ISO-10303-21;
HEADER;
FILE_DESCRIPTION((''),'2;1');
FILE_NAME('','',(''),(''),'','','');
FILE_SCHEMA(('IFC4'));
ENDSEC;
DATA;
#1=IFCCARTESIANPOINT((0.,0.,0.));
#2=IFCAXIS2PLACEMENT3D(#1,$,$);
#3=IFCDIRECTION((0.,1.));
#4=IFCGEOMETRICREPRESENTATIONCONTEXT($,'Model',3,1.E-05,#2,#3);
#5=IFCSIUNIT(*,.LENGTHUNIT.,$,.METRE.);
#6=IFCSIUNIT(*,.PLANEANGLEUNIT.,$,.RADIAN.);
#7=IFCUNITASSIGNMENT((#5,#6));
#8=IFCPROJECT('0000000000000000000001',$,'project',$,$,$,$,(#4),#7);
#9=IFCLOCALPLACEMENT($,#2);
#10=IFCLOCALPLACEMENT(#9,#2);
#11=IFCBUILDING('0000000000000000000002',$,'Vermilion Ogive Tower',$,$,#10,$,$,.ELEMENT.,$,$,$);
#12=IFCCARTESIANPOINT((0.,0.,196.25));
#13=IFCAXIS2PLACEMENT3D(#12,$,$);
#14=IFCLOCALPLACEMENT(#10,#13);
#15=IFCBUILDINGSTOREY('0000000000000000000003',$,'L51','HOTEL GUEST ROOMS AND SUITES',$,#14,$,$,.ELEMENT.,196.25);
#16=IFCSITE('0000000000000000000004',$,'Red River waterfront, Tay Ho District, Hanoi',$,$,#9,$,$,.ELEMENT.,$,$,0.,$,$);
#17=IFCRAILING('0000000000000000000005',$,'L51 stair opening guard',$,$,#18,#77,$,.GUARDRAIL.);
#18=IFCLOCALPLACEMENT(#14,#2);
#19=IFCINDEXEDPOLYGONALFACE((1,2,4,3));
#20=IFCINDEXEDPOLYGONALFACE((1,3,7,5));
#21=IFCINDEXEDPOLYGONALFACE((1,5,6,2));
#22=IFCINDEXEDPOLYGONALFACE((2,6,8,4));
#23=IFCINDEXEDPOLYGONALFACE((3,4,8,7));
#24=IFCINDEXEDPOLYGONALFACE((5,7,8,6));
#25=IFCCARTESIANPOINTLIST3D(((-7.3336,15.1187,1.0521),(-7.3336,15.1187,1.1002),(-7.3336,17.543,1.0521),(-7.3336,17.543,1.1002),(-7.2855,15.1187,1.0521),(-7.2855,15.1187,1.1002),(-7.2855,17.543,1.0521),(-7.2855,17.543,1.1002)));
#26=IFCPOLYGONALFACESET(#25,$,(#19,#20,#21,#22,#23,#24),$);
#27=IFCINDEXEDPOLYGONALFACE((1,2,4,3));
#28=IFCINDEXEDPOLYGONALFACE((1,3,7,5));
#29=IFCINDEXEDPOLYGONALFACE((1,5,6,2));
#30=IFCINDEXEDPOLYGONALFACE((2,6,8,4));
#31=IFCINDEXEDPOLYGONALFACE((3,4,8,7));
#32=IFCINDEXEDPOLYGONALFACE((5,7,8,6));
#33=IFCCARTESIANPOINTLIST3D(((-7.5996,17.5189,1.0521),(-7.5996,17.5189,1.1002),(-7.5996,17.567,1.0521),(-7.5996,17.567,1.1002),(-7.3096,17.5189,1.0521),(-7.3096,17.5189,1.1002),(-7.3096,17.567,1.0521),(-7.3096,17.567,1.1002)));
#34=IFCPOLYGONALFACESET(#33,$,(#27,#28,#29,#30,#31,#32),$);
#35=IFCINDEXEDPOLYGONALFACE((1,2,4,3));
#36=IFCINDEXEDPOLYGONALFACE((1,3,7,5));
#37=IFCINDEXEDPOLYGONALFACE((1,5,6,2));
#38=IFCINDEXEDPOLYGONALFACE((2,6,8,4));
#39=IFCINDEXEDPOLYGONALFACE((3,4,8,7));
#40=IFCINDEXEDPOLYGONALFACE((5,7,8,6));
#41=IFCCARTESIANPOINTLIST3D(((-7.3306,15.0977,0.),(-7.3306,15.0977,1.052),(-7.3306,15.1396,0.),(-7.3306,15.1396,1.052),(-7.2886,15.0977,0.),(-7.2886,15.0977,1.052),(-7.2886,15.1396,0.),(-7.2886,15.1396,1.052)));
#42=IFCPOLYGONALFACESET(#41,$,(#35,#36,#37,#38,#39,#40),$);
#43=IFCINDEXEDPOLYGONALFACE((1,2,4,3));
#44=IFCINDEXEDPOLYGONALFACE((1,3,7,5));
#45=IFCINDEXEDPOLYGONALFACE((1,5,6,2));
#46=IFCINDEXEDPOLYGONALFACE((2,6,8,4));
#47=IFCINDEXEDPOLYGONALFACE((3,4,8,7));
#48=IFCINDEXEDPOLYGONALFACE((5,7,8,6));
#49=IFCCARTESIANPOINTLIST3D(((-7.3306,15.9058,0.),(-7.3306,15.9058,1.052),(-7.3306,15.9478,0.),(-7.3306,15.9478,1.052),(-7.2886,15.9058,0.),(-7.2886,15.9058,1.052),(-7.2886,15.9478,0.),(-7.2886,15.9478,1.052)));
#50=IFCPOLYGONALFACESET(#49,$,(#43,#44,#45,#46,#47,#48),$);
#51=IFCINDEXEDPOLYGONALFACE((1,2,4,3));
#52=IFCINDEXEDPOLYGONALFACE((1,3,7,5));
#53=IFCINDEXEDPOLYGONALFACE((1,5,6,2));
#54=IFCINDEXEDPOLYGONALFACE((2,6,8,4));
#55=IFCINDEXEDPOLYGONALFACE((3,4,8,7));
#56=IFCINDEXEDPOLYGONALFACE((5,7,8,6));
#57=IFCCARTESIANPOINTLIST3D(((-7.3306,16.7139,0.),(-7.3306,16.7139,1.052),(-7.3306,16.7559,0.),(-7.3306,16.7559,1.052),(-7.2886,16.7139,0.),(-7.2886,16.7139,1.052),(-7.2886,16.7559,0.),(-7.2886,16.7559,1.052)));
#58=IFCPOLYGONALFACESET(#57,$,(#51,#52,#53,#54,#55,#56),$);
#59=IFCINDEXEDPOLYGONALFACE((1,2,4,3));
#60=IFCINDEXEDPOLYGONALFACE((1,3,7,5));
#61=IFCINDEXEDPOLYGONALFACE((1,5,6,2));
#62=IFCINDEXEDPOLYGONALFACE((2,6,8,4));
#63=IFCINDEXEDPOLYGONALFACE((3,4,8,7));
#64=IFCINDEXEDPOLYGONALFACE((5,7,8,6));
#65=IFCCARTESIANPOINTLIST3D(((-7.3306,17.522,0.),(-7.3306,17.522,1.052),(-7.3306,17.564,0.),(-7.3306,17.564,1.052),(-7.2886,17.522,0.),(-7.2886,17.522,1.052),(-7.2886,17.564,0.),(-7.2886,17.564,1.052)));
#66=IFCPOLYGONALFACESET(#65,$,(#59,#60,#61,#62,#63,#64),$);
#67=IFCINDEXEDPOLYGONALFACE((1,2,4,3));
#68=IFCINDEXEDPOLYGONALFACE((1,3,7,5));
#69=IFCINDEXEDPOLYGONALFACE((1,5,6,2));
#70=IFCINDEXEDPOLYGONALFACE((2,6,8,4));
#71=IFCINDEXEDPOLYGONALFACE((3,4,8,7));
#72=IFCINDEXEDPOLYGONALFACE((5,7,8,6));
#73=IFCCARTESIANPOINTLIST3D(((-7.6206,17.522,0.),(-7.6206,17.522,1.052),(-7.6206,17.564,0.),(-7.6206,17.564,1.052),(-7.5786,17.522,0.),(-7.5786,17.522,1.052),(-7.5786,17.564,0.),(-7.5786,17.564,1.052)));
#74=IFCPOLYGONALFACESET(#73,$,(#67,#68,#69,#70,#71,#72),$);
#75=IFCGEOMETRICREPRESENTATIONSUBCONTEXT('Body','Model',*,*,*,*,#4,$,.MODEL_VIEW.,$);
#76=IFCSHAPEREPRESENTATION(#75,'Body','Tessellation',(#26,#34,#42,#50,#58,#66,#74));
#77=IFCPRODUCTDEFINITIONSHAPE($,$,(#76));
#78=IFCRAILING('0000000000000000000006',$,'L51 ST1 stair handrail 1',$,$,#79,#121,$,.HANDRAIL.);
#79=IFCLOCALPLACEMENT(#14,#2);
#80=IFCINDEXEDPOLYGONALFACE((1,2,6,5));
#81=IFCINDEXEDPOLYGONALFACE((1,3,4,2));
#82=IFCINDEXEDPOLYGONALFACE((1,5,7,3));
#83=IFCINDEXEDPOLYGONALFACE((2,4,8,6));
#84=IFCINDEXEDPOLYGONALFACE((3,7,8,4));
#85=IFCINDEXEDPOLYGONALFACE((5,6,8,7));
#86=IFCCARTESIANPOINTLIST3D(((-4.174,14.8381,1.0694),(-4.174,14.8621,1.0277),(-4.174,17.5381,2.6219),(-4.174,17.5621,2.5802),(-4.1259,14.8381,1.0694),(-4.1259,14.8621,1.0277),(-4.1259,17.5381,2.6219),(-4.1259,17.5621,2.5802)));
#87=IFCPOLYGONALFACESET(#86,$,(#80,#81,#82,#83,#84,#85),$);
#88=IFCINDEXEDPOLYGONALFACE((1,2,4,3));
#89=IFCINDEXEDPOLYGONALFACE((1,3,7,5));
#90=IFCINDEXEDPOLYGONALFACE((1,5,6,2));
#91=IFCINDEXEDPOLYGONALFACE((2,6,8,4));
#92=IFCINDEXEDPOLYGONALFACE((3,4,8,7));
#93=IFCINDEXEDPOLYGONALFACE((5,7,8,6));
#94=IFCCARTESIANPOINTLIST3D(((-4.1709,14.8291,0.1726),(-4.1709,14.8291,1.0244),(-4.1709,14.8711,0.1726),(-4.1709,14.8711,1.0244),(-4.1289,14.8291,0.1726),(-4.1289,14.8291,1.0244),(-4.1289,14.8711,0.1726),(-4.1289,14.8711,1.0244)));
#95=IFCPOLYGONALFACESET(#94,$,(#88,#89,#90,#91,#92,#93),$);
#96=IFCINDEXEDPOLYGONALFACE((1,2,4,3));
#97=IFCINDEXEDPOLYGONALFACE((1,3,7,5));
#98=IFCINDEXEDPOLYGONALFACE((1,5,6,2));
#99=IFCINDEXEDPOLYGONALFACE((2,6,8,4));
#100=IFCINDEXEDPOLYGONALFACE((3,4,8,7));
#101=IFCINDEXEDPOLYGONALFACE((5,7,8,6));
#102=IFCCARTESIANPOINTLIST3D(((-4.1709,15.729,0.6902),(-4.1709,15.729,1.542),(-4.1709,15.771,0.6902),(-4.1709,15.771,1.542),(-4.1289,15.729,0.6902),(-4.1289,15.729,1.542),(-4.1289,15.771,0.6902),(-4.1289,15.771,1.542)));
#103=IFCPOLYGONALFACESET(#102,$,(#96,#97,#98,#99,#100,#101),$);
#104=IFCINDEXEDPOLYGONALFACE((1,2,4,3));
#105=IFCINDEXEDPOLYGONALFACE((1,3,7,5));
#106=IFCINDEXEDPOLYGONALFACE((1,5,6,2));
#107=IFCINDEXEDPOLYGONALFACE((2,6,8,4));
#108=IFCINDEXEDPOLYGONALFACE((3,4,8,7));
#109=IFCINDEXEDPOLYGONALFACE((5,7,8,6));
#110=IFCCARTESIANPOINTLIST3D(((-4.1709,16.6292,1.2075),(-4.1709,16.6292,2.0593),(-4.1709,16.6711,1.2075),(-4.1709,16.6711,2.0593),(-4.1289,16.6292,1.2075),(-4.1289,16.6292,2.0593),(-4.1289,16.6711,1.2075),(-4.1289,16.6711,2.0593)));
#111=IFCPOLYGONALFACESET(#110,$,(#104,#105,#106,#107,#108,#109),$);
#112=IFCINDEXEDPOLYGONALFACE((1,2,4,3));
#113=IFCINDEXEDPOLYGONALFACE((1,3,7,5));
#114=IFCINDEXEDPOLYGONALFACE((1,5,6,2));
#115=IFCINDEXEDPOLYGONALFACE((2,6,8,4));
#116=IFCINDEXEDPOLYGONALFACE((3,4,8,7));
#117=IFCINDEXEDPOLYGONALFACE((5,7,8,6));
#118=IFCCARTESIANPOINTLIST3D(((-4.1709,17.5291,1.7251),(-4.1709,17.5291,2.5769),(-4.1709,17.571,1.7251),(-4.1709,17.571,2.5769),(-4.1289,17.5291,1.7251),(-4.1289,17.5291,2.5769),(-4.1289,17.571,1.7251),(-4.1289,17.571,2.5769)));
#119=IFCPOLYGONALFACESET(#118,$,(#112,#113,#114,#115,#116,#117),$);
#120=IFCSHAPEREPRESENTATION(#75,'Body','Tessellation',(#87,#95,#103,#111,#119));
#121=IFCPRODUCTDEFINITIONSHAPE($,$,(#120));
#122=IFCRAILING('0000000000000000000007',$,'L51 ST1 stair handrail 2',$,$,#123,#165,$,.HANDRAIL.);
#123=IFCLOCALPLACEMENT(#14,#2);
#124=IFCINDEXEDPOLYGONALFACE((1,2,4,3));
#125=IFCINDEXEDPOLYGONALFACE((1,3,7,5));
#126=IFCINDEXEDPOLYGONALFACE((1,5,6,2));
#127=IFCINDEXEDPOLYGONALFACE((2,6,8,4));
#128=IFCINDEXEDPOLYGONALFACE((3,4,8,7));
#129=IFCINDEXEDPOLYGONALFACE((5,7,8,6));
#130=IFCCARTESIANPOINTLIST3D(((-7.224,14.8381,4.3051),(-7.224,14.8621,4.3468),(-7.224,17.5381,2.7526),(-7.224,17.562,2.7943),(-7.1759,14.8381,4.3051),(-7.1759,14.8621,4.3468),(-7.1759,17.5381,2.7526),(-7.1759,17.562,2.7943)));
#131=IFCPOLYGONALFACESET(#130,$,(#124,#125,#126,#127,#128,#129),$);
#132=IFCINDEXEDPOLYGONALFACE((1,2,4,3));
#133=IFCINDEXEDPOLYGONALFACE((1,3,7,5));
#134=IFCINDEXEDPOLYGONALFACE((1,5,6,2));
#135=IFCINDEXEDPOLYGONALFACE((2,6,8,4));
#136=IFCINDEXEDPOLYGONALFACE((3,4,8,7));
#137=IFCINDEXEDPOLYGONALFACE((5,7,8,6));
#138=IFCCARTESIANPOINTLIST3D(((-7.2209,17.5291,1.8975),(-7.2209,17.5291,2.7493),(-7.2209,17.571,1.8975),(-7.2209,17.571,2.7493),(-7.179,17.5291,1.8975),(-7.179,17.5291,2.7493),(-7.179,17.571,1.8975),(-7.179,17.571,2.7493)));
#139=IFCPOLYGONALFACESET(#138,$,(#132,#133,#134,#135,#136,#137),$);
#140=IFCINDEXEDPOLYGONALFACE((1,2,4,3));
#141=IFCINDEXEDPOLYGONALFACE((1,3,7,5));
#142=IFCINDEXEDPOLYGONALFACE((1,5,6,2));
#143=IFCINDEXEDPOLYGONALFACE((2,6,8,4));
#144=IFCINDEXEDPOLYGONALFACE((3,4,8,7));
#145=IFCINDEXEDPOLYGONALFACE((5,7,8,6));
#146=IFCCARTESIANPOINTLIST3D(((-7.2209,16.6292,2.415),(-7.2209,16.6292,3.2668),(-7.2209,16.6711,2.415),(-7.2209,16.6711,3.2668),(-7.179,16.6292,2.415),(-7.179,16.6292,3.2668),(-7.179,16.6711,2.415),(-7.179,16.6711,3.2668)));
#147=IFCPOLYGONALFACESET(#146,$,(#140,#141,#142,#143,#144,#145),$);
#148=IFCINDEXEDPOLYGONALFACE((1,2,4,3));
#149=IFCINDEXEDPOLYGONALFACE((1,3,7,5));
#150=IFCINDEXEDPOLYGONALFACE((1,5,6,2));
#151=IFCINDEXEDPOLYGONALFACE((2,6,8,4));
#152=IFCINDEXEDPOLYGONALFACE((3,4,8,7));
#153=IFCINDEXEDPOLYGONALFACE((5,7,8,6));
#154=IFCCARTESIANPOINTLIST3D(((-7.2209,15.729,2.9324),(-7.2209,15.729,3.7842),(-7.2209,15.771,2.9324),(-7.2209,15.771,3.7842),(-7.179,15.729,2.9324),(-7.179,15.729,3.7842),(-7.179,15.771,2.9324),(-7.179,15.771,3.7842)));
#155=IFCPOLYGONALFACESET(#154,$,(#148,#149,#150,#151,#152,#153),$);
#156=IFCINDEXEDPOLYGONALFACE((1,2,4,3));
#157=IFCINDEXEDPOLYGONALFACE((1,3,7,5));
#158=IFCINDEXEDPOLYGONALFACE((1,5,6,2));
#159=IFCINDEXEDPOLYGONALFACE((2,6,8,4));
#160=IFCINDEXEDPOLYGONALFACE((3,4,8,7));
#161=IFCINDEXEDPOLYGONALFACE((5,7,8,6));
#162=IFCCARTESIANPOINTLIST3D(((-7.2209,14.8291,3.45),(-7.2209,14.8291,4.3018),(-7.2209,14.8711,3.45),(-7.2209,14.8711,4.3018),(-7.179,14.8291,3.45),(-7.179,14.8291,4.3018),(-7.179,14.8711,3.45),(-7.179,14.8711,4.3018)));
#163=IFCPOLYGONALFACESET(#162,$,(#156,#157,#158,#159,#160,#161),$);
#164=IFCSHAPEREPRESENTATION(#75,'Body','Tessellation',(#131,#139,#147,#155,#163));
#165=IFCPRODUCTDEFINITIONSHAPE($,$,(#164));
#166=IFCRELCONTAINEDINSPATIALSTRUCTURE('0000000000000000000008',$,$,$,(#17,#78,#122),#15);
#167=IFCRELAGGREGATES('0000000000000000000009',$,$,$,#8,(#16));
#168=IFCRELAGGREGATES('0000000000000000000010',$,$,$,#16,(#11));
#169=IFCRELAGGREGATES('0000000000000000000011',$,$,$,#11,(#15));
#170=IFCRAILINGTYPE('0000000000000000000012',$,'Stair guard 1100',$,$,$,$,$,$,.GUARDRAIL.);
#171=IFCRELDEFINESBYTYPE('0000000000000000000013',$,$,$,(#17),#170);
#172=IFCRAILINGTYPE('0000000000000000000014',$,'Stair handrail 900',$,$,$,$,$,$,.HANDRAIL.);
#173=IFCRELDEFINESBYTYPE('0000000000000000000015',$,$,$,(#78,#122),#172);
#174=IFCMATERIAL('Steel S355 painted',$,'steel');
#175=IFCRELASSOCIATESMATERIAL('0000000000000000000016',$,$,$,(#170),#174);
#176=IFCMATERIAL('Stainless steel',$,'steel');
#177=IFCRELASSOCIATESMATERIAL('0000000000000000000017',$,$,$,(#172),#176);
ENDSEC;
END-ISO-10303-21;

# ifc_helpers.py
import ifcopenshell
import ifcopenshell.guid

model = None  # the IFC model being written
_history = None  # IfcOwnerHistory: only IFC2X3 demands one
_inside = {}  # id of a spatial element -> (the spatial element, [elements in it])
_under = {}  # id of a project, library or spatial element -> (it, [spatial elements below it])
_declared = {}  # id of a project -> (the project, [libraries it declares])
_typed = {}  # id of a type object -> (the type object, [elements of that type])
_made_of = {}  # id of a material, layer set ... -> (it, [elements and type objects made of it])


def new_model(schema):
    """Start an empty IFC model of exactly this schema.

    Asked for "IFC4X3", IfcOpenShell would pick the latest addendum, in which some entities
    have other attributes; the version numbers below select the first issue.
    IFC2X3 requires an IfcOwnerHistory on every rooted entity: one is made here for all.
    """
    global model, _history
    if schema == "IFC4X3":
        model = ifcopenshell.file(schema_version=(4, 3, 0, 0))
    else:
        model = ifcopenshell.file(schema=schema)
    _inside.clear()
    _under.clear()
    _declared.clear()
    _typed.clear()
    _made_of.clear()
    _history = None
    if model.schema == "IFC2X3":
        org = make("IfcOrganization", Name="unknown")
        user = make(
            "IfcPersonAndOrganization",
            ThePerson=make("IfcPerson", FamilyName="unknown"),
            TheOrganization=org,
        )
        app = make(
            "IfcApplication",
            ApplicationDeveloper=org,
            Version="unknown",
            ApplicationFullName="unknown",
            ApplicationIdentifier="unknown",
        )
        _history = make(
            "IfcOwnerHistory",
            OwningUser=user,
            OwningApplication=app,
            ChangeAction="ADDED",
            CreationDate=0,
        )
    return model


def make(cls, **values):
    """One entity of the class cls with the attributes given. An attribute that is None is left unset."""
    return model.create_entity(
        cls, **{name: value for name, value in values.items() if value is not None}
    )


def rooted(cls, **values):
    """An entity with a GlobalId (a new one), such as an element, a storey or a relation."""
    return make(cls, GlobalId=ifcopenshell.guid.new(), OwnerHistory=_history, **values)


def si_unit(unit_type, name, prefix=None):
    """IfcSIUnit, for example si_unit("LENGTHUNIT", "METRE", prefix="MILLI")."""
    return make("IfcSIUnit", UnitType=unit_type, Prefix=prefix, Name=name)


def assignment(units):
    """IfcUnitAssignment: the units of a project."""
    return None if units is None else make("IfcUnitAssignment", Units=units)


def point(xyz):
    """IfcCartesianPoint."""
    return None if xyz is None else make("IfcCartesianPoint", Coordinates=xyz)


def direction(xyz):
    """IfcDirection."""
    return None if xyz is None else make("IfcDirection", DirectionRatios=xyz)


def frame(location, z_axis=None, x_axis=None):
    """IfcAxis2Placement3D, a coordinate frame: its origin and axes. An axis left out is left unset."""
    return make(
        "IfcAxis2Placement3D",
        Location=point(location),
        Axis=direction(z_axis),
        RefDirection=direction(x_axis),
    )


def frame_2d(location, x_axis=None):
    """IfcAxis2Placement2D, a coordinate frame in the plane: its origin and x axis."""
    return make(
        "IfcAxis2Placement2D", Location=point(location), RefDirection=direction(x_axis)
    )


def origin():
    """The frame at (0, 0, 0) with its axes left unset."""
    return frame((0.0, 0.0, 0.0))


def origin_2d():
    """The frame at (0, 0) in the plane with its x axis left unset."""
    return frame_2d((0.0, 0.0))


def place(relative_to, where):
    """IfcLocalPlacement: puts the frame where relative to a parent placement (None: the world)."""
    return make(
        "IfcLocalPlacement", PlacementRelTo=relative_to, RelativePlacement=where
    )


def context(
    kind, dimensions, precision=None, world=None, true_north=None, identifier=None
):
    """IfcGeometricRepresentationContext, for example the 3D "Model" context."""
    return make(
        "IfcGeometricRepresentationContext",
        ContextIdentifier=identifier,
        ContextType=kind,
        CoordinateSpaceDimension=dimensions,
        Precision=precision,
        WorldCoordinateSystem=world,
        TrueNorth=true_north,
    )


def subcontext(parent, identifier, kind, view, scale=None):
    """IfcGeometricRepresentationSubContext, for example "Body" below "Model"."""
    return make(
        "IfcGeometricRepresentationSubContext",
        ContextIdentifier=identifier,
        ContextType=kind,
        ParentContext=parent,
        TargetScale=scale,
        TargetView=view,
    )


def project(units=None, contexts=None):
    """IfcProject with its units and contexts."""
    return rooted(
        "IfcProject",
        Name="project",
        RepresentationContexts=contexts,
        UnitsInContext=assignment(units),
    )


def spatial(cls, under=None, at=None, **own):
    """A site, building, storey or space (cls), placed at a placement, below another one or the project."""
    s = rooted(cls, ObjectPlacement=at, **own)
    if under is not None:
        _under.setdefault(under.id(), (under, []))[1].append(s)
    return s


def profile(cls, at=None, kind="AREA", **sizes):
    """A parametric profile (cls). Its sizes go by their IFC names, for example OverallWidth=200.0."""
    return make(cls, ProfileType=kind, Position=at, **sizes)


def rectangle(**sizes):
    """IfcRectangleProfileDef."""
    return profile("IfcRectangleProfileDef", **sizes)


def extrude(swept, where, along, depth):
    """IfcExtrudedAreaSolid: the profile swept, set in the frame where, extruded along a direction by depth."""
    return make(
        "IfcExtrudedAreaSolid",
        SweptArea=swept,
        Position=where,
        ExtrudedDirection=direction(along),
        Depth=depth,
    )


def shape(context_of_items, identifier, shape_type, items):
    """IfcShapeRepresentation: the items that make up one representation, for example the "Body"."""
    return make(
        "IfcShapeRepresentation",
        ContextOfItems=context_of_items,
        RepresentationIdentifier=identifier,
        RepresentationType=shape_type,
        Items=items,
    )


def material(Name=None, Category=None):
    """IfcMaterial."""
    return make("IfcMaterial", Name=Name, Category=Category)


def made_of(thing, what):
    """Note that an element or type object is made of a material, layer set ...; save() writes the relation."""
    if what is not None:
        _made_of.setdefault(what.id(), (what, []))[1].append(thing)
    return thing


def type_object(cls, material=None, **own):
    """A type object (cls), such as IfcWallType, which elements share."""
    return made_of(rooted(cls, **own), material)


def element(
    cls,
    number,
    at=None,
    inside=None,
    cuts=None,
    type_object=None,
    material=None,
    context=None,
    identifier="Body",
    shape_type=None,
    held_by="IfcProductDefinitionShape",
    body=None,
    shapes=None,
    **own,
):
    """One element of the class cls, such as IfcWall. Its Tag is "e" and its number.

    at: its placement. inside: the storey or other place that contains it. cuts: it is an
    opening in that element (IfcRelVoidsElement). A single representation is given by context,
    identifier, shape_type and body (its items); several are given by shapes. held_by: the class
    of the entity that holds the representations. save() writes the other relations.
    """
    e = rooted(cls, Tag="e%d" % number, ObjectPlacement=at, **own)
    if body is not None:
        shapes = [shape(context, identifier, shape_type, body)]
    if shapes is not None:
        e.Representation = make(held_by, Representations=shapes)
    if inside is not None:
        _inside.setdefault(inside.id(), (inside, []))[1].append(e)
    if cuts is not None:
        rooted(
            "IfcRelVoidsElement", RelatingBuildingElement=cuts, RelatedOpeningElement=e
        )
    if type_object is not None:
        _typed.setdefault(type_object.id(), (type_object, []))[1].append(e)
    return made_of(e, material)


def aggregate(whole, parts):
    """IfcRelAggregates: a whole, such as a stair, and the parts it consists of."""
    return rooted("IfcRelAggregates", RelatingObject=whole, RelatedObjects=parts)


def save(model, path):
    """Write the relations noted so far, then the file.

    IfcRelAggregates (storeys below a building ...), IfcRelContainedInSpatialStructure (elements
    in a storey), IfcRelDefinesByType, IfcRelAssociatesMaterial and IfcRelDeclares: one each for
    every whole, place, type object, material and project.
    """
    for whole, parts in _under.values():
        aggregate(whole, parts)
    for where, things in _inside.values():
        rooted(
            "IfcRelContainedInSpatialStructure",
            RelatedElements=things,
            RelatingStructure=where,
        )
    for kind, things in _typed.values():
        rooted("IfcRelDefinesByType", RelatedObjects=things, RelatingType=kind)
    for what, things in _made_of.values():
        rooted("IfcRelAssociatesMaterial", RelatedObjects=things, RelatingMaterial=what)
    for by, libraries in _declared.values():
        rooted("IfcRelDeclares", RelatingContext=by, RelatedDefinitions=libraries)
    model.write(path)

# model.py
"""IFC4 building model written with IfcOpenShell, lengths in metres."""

from ifc_helpers import new_model, si_unit, direction, frame, origin, origin_2d, place, context, subcontext, project, spatial, rectangle, extrude, material, type_object, element, save


model = new_model("IFC4")

# Units and contexts
model_context = context("Model", 3, precision=1e-05, world=origin(), true_north=direction((0.0, 1.0)))
body_context = subcontext(model_context, "Body", "Model", "MODEL_VIEW")
ifc_project = project(units=[si_unit("LENGTHUNIT", "METRE"), si_unit("PLANEANGLEUNIT", "RADIAN")], contexts=[model_context])

# Site, building, storey
site_placement = place(None, origin())
site = spatial("IfcSite", under=ifc_project, at=site_placement, Name="Red River waterfront, Tay Ho District, Hanoi", CompositionType="ELEMENT", RefElevation=0.0)
building_placement = place(site_placement, origin())
building = spatial("IfcBuilding", under=site, at=building_placement, Name="Vermilion Ogive Tower", CompositionType="ELEMENT")
storey_placement = place(building_placement, frame((0.0, 0.0, 196.25)))
storey = spatial("IfcBuildingStorey", under=building, at=storey_placement, Name="L51", Description="HOTEL GUEST ROOMS AND SUITES", CompositionType="ELEMENT", Elevation=196.25)

# Railings
ifc_material_1 = material(Name="Steel S355 painted", Category="steel")
railing_type_1 = type_object("IfcRailingType", Name="Stair guard 1100", PredefinedType="GUARDRAIL", material=ifc_material_1)
railing_1_placement = place(storey_placement, frame((-7.3096, 15.1187, 0.0)))
element("IfcRailing", 1, at=railing_1_placement, inside=storey, type_object=railing_type_1, Name="L51 stair opening guard", PredefinedType="GUARDRAIL", context=body_context, shape_type="SweptSolid", body=[
    extrude(rectangle(XDim=0.0481, YDim=0.0481, at=origin_2d()), frame((0.0, 0.0, 1.0762), z_axis=(0.0, 1.0, 0.0), x_axis=(-1.0, 0.0, 0.0)), (0.0, 0.0, 1.0), 2.4243),
    extrude(rectangle(XDim=0.0481, YDim=0.0481, at=origin_2d()), frame((0.0, 2.4243, 1.0762), z_axis=(-1.0, 0.0, 0.0), x_axis=(0.0, -1.0, 0.0)), (0.0, 0.0, 1.0), 0.29),
    extrude(rectangle(XDim=0.042, YDim=0.042, at=origin_2d()), origin(), (0.0, 0.0, 1.0), 1.052),
    extrude(rectangle(XDim=0.042, YDim=0.042, at=origin_2d()), frame((0.0, 0.8081, 0.0)), (0.0, 0.0, 1.0), 1.052),
    extrude(rectangle(XDim=0.042, YDim=0.042, at=origin_2d()), frame((0.0, 1.6162, 0.0)), (0.0, 0.0, 1.0), 1.052),
    extrude(rectangle(XDim=0.042, YDim=0.042, at=origin_2d()), frame((0.0, 2.4243, 0.0)), (0.0, 0.0, 1.0), 1.052),
    extrude(rectangle(XDim=0.042, YDim=0.042, at=origin_2d()), frame((-0.29, 2.4243, 0.0)), (0.0, 0.0, 1.0), 1.052),
])
ifc_material_2 = material(Name="Stainless steel", Category="steel")
railing_type_2 = type_object("IfcRailingType", Name="Stair handrail 900", PredefinedType="HANDRAIL", material=ifc_material_2)
railing_2_placement = place(storey_placement, frame((-4.1499, 14.8501, 0.1726)))
element("IfcRailing", 2, at=railing_2_placement, inside=storey, type_object=railing_type_2, Name="L51 ST1 stair handrail 1", PredefinedType="HANDRAIL", context=body_context, shape_type="SweptSolid", body=[
    extrude(rectangle(XDim=0.0481, YDim=0.0481, at=origin_2d()), frame((0.0, 0.0, 0.876), z_axis=(0.0, 0.866904, 0.498476), x_axis=(-1.0, 0.0, 0.0)), (0.0, 0.0, 1.0), 3.1145),
    extrude(rectangle(XDim=0.042, YDim=0.042, at=origin_2d()), origin(), (0.0, 0.0, 1.0), 0.8518),
    extrude(rectangle(XDim=0.042, YDim=0.042, at=origin_2d()), frame((0.0, 0.8999, 0.5176)), (0.0, 0.0, 1.0), 0.8518),
    extrude(rectangle(XDim=0.042, YDim=0.042, at=origin_2d()), frame((0.0, 1.8, 1.0349)), (0.0, 0.0, 1.0), 0.8518),
    extrude(rectangle(XDim=0.042, YDim=0.042, at=origin_2d()), frame((0.0, 2.7, 1.5525)), (0.0, 0.0, 1.0), 0.8518),
])
railing_3_placement = place(storey_placement, frame((-7.2, 17.55, 1.8975)))
element("IfcRailing", 3, at=railing_3_placement, inside=storey, type_object=railing_type_2, Name="L51 ST1 stair handrail 2", PredefinedType="HANDRAIL", context=body_context, shape_type="SweptSolid", body=[
    extrude(rectangle(XDim=0.0481, YDim=0.0481, at=origin_2d()), frame((0.0, 0.0, 0.876), z_axis=(0.0, -0.866904, 0.498476), x_axis=(1.0, 0.0, 0.0)), (0.0, 0.0, 1.0), 3.1145),
    extrude(rectangle(XDim=0.042, YDim=0.042, at=origin_2d()), origin(), (0.0, 0.0, 1.0), 0.8518),
    extrude(rectangle(XDim=0.042, YDim=0.042, at=origin_2d()), frame((0.0, -0.8999, 0.5176)), (0.0, 0.0, 1.0), 0.8518),
    extrude(rectangle(XDim=0.042, YDim=0.042, at=origin_2d()), frame((0.0, -1.8, 1.0349)), (0.0, 0.0, 1.0), 0.8518),
    extrude(rectangle(XDim=0.042, YDim=0.042, at=origin_2d()), frame((0.0, -2.7, 1.5525)), (0.0, 0.0, 1.0), 0.8518),
])

save(model, "model.ifc")
